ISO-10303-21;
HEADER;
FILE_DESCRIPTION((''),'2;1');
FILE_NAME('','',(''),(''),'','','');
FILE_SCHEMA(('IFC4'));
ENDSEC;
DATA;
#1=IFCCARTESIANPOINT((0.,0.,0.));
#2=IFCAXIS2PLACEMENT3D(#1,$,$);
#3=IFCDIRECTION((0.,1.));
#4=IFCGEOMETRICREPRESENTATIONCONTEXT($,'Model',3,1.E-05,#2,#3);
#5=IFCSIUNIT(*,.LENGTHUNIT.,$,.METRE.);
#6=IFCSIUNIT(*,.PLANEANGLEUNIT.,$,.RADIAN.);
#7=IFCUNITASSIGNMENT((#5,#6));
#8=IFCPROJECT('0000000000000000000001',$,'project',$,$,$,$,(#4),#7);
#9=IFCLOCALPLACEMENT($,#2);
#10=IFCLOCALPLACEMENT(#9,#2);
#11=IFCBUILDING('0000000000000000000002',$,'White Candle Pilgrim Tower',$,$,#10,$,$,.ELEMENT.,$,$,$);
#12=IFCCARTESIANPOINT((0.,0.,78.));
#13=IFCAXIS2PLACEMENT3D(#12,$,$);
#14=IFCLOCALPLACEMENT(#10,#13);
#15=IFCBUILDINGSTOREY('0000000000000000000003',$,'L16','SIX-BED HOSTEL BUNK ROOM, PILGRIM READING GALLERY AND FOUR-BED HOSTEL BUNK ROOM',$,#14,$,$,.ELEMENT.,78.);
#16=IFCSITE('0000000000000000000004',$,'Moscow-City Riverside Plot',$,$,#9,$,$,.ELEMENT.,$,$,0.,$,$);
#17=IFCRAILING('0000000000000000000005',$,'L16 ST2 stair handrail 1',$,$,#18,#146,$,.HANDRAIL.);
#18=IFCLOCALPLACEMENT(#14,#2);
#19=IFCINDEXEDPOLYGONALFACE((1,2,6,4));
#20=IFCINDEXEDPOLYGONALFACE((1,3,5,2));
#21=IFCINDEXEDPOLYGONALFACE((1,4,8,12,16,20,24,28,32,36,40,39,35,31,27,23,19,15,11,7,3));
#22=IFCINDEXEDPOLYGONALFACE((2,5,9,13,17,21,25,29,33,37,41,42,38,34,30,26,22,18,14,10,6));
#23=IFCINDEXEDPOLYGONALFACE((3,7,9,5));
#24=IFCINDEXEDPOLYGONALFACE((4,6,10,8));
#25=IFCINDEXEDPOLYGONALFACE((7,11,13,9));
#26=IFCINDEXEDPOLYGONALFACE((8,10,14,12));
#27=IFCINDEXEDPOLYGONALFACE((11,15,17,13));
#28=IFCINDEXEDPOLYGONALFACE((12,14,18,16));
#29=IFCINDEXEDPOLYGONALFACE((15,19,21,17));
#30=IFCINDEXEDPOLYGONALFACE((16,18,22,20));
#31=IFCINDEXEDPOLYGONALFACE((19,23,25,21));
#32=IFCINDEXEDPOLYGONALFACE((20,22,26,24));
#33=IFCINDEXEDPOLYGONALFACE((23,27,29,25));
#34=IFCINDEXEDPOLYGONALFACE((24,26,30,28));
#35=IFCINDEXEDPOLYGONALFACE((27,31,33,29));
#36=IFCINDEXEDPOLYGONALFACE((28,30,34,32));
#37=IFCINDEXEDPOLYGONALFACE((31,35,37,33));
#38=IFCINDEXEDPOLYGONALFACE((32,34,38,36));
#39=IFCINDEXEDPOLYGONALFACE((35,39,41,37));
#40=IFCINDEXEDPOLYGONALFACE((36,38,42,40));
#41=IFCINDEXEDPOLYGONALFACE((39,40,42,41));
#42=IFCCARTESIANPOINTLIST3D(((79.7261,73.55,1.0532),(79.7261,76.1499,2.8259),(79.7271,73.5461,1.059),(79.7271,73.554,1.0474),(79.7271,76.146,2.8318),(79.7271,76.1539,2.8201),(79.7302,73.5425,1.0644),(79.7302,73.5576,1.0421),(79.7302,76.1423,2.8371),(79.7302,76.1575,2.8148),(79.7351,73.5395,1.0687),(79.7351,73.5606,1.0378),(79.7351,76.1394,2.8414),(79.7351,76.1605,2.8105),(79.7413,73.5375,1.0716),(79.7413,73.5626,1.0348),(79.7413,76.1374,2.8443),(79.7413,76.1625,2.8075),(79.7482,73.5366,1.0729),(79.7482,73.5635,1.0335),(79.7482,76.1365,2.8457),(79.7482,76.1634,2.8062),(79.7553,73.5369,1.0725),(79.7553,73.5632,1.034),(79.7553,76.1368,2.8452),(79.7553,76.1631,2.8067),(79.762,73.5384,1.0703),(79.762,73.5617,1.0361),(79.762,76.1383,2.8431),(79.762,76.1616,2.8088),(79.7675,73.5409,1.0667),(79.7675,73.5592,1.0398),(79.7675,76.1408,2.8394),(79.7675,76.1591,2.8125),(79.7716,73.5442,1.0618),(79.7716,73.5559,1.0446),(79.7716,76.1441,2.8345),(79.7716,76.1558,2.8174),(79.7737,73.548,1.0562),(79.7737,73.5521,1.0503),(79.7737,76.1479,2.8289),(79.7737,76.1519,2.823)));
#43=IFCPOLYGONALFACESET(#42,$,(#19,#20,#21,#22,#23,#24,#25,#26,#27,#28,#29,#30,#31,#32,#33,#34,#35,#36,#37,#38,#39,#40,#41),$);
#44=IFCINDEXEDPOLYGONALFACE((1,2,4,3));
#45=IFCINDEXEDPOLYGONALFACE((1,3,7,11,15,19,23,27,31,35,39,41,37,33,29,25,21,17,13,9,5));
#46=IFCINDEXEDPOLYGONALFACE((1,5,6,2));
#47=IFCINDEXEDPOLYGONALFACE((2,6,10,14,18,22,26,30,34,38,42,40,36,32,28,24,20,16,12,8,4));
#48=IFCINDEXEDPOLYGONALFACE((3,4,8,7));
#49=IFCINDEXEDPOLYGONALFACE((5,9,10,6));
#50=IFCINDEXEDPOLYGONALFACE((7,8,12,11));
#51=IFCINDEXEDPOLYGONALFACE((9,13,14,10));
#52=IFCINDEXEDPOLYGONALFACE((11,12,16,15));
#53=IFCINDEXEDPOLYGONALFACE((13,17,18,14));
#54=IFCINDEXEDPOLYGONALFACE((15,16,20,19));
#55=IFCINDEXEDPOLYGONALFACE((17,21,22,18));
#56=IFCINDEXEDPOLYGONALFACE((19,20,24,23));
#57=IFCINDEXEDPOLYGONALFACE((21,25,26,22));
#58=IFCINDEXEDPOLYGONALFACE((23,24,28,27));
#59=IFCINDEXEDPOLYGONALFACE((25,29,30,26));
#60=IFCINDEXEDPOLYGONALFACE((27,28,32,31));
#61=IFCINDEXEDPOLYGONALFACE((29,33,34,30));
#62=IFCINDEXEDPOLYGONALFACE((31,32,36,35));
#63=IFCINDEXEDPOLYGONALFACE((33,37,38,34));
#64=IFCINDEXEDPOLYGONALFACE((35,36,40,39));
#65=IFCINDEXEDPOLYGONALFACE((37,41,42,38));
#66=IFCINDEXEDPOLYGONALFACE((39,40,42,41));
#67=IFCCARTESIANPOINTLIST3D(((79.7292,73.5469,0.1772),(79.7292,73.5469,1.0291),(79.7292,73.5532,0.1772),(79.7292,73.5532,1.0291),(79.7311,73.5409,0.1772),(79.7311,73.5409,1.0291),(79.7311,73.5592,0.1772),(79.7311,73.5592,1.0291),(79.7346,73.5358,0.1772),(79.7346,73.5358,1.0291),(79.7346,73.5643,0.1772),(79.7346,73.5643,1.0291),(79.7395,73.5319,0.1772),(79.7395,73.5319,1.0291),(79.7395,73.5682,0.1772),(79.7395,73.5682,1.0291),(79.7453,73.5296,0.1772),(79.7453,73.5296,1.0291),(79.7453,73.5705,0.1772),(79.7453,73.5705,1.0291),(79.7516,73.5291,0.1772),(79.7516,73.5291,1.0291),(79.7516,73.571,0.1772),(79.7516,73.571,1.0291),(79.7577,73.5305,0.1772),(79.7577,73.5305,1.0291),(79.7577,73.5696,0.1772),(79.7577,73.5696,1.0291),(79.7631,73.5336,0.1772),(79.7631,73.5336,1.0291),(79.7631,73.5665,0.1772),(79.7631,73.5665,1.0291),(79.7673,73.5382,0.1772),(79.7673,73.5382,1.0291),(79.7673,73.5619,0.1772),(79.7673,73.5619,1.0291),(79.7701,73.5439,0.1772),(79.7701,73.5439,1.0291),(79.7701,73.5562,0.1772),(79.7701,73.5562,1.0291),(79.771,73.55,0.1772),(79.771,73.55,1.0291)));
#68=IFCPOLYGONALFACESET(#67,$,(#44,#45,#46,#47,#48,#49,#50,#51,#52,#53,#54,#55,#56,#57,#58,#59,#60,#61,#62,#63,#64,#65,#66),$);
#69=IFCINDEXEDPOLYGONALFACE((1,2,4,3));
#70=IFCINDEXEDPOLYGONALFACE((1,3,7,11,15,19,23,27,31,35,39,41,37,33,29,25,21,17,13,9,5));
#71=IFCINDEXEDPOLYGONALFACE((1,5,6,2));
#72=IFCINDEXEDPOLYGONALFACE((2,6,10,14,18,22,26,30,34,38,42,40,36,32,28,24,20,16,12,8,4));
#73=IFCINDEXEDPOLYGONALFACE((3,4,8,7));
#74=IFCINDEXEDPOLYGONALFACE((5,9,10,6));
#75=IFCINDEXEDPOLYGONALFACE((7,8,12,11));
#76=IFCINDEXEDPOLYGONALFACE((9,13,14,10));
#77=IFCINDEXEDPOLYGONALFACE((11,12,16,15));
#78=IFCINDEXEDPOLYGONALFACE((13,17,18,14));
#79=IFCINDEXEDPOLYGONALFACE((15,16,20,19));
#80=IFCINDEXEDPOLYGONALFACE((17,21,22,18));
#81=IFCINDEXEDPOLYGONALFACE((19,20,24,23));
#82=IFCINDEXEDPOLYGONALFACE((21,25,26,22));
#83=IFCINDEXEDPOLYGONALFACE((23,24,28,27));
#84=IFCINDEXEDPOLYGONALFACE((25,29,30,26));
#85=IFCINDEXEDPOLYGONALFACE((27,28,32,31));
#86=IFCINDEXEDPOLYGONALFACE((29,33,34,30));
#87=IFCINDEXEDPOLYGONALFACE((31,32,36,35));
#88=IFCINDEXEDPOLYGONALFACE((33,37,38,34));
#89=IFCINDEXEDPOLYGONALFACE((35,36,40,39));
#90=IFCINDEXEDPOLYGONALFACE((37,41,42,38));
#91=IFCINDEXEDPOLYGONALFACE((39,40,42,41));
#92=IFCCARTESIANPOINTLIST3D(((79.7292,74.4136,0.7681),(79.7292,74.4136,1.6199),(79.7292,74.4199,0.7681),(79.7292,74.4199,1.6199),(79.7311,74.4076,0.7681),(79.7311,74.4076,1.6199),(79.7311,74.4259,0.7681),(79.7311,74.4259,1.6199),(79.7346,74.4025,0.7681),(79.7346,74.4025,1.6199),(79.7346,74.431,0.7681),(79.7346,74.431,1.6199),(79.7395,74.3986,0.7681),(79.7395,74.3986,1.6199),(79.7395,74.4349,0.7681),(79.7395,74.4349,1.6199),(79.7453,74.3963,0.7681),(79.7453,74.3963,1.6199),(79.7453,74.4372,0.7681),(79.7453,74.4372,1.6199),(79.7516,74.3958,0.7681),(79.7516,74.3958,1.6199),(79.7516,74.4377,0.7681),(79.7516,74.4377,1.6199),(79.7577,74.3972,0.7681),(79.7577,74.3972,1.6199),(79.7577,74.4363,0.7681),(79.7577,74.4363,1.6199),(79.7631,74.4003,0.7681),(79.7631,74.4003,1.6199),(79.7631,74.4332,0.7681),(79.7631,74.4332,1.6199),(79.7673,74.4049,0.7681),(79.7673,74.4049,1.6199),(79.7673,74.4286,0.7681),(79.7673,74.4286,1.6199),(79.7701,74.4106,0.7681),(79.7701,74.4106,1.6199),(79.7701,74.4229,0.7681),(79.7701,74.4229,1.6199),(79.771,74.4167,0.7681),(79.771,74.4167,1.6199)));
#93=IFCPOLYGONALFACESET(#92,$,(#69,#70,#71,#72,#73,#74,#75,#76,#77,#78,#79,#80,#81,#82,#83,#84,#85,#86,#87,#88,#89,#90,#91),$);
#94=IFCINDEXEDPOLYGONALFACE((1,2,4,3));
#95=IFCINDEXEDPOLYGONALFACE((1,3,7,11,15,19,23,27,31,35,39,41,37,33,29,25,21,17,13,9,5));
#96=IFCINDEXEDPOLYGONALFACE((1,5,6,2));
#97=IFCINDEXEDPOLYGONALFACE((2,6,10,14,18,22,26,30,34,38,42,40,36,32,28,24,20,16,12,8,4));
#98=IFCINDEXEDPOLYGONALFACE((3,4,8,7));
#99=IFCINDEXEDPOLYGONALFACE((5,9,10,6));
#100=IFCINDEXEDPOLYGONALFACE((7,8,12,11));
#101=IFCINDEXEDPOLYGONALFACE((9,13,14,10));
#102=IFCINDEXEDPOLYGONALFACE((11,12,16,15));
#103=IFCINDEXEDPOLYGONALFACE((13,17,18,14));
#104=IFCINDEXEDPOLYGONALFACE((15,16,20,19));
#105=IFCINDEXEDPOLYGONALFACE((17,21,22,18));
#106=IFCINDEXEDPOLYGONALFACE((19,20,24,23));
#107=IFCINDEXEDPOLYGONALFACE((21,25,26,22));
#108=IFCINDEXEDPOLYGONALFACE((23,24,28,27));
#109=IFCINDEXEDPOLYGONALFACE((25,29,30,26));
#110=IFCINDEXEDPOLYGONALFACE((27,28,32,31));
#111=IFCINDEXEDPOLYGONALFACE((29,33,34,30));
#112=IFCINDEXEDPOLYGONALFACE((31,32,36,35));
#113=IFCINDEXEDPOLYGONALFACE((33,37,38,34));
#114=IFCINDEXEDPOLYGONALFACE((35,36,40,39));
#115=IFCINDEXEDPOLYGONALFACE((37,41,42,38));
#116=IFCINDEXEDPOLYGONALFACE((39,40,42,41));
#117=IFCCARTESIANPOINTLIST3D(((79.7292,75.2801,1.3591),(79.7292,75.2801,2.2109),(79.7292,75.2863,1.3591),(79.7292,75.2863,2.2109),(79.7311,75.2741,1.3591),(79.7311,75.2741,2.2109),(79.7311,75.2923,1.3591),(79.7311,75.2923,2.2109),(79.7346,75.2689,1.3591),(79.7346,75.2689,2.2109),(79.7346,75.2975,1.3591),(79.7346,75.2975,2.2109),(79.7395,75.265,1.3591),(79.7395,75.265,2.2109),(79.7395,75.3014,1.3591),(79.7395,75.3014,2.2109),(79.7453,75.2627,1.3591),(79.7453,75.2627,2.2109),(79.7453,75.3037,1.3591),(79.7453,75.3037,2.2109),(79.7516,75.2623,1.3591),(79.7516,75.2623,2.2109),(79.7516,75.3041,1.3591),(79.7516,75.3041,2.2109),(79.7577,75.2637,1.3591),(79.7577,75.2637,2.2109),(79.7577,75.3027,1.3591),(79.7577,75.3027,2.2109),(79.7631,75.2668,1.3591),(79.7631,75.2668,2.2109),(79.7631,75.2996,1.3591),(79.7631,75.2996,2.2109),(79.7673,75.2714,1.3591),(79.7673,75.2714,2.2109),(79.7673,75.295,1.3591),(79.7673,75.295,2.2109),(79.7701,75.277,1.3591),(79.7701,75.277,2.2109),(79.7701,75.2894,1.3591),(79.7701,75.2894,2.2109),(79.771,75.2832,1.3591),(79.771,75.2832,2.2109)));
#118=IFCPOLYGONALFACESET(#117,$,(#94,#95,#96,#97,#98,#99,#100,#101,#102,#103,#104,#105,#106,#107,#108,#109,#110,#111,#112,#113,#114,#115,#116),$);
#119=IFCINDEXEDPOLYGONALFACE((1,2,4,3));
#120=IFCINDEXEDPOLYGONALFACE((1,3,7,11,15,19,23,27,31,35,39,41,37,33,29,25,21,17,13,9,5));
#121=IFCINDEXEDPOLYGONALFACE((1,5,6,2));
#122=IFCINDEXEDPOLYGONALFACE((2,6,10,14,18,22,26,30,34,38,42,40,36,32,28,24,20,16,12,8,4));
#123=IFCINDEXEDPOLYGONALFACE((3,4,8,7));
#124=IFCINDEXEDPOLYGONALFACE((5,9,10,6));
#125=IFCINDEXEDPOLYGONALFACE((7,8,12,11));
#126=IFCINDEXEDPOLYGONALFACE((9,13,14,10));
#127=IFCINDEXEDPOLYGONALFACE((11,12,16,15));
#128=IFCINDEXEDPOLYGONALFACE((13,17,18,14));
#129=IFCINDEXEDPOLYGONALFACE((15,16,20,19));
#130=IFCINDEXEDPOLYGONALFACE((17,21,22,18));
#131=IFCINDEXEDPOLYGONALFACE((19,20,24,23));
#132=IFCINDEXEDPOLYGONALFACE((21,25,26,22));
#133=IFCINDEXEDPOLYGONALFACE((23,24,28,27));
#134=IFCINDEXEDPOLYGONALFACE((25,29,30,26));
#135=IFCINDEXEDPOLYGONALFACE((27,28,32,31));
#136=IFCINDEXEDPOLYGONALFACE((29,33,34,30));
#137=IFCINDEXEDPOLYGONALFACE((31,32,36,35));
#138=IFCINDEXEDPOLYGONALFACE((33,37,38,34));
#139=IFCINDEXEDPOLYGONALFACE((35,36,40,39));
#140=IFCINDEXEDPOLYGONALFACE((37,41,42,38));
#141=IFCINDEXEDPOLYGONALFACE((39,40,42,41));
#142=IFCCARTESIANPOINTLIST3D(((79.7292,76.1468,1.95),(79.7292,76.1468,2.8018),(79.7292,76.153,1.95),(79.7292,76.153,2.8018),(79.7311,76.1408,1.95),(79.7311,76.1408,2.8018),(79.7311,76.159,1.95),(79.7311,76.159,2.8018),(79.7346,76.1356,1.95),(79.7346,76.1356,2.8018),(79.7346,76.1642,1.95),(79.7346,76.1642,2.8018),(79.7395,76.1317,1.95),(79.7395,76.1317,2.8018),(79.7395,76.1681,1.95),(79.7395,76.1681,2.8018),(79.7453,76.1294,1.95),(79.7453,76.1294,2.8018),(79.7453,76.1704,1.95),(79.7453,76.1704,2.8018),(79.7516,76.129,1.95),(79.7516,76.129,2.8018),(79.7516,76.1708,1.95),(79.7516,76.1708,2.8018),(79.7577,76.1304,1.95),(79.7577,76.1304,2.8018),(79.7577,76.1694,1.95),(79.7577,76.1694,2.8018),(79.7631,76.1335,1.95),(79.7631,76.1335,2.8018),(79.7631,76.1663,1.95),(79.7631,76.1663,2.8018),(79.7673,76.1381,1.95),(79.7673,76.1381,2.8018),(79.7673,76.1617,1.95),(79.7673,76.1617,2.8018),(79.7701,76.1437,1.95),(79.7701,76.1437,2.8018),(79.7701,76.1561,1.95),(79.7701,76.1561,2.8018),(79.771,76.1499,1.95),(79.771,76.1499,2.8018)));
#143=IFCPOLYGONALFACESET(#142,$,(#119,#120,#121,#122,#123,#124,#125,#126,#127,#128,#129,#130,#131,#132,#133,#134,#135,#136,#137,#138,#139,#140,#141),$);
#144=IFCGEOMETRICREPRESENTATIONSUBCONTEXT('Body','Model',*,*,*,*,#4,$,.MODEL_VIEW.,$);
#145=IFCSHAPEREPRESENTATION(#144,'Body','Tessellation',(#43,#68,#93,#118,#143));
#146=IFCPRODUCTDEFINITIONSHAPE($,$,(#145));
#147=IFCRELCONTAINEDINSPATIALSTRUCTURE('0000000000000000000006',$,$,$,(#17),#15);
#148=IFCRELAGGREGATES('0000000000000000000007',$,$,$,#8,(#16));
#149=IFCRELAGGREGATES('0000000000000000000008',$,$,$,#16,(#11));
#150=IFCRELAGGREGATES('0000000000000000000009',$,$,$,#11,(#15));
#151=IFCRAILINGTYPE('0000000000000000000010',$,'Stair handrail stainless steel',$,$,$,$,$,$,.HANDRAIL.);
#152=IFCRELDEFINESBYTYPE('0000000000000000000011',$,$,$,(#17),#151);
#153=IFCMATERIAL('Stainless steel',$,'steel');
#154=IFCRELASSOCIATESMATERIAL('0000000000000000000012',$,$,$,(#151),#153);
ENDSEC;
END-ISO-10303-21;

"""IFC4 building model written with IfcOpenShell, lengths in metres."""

from ifc_helpers import new_model, si_unit, direction, frame, origin, origin_2d, place, context, subcontext, project, spatial, circle, extrude, material, type_object, element, save


model = new_model("IFC4")

# Units and contexts
model_context = context("Model", 3, precision=1e-05, world=origin(), true_north=direction((0.0, 1.0)))
body_context = subcontext(model_context, "Body", "Model", "MODEL_VIEW")
ifc_project = project(units=[si_unit("LENGTHUNIT", "METRE"), si_unit("PLANEANGLEUNIT", "RADIAN")], contexts=[model_context])

# Site, building, storey
site_placement = place(None, origin())
site = spatial("IfcSite", under=ifc_project, at=site_placement, Name="Moscow-City Riverside Plot", CompositionType="ELEMENT", RefElevation=0.0)
building_placement = place(site_placement, origin())
building = spatial("IfcBuilding", under=site, at=building_placement, Name="White Candle Pilgrim Tower", CompositionType="ELEMENT")
storey_placement = place(building_placement, frame((0.0, 0.0, 78.0)))
storey = spatial("IfcBuildingStorey", under=building, at=storey_placement, Name="L16", Description="SIX-BED HOSTEL BUNK ROOM, PILGRIM READING GALLERY AND FOUR-BED HOSTEL BUNK ROOM", CompositionType="ELEMENT", Elevation=78.0)

# Railing
ifc_material_1 = material(Name="Stainless steel", Category="steel")
railing_type_1 = type_object("IfcRailingType", Name="Stair handrail stainless steel", PredefinedType="HANDRAIL", material=ifc_material_1)
railing_1_placement = place(storey_placement, frame((79.75, 73.55, 0.1772)))
element("IfcRailing", 1, at=railing_1_placement, inside=storey, type_object=railing_type_1, Name="L16 ST2 stair handrail 1", PredefinedType="HANDRAIL", context=body_context, shape_type="SweptSolid", body=[
    extrude(circle(Radius=0.0239, at=origin_2d()), frame((0.0, 0.0, 0.876), z_axis=(0.0, 0.826216, 0.563354), x_axis=(-1.0, 0.0, 0.0)), (0.0, 0.0, 1.0), 3.1467),
    extrude(circle(Radius=0.021, at=origin_2d()), origin(), (0.0, 0.0, 1.0), 0.8518),
    extrude(circle(Radius=0.021, at=origin_2d()), frame((0.0, 0.8667, 0.5908)), (0.0, 0.0, 1.0), 0.8518),
    extrude(circle(Radius=0.021, at=origin_2d()), frame((0.0, 1.7332, 1.1819)), (0.0, 0.0, 1.0), 0.8518),
    extrude(circle(Radius=0.021, at=origin_2d()), frame((0.0, 2.5999, 1.7727)), (0.0, 0.0, 1.0), 0.8518),
])

save(model, "model.ifc")
